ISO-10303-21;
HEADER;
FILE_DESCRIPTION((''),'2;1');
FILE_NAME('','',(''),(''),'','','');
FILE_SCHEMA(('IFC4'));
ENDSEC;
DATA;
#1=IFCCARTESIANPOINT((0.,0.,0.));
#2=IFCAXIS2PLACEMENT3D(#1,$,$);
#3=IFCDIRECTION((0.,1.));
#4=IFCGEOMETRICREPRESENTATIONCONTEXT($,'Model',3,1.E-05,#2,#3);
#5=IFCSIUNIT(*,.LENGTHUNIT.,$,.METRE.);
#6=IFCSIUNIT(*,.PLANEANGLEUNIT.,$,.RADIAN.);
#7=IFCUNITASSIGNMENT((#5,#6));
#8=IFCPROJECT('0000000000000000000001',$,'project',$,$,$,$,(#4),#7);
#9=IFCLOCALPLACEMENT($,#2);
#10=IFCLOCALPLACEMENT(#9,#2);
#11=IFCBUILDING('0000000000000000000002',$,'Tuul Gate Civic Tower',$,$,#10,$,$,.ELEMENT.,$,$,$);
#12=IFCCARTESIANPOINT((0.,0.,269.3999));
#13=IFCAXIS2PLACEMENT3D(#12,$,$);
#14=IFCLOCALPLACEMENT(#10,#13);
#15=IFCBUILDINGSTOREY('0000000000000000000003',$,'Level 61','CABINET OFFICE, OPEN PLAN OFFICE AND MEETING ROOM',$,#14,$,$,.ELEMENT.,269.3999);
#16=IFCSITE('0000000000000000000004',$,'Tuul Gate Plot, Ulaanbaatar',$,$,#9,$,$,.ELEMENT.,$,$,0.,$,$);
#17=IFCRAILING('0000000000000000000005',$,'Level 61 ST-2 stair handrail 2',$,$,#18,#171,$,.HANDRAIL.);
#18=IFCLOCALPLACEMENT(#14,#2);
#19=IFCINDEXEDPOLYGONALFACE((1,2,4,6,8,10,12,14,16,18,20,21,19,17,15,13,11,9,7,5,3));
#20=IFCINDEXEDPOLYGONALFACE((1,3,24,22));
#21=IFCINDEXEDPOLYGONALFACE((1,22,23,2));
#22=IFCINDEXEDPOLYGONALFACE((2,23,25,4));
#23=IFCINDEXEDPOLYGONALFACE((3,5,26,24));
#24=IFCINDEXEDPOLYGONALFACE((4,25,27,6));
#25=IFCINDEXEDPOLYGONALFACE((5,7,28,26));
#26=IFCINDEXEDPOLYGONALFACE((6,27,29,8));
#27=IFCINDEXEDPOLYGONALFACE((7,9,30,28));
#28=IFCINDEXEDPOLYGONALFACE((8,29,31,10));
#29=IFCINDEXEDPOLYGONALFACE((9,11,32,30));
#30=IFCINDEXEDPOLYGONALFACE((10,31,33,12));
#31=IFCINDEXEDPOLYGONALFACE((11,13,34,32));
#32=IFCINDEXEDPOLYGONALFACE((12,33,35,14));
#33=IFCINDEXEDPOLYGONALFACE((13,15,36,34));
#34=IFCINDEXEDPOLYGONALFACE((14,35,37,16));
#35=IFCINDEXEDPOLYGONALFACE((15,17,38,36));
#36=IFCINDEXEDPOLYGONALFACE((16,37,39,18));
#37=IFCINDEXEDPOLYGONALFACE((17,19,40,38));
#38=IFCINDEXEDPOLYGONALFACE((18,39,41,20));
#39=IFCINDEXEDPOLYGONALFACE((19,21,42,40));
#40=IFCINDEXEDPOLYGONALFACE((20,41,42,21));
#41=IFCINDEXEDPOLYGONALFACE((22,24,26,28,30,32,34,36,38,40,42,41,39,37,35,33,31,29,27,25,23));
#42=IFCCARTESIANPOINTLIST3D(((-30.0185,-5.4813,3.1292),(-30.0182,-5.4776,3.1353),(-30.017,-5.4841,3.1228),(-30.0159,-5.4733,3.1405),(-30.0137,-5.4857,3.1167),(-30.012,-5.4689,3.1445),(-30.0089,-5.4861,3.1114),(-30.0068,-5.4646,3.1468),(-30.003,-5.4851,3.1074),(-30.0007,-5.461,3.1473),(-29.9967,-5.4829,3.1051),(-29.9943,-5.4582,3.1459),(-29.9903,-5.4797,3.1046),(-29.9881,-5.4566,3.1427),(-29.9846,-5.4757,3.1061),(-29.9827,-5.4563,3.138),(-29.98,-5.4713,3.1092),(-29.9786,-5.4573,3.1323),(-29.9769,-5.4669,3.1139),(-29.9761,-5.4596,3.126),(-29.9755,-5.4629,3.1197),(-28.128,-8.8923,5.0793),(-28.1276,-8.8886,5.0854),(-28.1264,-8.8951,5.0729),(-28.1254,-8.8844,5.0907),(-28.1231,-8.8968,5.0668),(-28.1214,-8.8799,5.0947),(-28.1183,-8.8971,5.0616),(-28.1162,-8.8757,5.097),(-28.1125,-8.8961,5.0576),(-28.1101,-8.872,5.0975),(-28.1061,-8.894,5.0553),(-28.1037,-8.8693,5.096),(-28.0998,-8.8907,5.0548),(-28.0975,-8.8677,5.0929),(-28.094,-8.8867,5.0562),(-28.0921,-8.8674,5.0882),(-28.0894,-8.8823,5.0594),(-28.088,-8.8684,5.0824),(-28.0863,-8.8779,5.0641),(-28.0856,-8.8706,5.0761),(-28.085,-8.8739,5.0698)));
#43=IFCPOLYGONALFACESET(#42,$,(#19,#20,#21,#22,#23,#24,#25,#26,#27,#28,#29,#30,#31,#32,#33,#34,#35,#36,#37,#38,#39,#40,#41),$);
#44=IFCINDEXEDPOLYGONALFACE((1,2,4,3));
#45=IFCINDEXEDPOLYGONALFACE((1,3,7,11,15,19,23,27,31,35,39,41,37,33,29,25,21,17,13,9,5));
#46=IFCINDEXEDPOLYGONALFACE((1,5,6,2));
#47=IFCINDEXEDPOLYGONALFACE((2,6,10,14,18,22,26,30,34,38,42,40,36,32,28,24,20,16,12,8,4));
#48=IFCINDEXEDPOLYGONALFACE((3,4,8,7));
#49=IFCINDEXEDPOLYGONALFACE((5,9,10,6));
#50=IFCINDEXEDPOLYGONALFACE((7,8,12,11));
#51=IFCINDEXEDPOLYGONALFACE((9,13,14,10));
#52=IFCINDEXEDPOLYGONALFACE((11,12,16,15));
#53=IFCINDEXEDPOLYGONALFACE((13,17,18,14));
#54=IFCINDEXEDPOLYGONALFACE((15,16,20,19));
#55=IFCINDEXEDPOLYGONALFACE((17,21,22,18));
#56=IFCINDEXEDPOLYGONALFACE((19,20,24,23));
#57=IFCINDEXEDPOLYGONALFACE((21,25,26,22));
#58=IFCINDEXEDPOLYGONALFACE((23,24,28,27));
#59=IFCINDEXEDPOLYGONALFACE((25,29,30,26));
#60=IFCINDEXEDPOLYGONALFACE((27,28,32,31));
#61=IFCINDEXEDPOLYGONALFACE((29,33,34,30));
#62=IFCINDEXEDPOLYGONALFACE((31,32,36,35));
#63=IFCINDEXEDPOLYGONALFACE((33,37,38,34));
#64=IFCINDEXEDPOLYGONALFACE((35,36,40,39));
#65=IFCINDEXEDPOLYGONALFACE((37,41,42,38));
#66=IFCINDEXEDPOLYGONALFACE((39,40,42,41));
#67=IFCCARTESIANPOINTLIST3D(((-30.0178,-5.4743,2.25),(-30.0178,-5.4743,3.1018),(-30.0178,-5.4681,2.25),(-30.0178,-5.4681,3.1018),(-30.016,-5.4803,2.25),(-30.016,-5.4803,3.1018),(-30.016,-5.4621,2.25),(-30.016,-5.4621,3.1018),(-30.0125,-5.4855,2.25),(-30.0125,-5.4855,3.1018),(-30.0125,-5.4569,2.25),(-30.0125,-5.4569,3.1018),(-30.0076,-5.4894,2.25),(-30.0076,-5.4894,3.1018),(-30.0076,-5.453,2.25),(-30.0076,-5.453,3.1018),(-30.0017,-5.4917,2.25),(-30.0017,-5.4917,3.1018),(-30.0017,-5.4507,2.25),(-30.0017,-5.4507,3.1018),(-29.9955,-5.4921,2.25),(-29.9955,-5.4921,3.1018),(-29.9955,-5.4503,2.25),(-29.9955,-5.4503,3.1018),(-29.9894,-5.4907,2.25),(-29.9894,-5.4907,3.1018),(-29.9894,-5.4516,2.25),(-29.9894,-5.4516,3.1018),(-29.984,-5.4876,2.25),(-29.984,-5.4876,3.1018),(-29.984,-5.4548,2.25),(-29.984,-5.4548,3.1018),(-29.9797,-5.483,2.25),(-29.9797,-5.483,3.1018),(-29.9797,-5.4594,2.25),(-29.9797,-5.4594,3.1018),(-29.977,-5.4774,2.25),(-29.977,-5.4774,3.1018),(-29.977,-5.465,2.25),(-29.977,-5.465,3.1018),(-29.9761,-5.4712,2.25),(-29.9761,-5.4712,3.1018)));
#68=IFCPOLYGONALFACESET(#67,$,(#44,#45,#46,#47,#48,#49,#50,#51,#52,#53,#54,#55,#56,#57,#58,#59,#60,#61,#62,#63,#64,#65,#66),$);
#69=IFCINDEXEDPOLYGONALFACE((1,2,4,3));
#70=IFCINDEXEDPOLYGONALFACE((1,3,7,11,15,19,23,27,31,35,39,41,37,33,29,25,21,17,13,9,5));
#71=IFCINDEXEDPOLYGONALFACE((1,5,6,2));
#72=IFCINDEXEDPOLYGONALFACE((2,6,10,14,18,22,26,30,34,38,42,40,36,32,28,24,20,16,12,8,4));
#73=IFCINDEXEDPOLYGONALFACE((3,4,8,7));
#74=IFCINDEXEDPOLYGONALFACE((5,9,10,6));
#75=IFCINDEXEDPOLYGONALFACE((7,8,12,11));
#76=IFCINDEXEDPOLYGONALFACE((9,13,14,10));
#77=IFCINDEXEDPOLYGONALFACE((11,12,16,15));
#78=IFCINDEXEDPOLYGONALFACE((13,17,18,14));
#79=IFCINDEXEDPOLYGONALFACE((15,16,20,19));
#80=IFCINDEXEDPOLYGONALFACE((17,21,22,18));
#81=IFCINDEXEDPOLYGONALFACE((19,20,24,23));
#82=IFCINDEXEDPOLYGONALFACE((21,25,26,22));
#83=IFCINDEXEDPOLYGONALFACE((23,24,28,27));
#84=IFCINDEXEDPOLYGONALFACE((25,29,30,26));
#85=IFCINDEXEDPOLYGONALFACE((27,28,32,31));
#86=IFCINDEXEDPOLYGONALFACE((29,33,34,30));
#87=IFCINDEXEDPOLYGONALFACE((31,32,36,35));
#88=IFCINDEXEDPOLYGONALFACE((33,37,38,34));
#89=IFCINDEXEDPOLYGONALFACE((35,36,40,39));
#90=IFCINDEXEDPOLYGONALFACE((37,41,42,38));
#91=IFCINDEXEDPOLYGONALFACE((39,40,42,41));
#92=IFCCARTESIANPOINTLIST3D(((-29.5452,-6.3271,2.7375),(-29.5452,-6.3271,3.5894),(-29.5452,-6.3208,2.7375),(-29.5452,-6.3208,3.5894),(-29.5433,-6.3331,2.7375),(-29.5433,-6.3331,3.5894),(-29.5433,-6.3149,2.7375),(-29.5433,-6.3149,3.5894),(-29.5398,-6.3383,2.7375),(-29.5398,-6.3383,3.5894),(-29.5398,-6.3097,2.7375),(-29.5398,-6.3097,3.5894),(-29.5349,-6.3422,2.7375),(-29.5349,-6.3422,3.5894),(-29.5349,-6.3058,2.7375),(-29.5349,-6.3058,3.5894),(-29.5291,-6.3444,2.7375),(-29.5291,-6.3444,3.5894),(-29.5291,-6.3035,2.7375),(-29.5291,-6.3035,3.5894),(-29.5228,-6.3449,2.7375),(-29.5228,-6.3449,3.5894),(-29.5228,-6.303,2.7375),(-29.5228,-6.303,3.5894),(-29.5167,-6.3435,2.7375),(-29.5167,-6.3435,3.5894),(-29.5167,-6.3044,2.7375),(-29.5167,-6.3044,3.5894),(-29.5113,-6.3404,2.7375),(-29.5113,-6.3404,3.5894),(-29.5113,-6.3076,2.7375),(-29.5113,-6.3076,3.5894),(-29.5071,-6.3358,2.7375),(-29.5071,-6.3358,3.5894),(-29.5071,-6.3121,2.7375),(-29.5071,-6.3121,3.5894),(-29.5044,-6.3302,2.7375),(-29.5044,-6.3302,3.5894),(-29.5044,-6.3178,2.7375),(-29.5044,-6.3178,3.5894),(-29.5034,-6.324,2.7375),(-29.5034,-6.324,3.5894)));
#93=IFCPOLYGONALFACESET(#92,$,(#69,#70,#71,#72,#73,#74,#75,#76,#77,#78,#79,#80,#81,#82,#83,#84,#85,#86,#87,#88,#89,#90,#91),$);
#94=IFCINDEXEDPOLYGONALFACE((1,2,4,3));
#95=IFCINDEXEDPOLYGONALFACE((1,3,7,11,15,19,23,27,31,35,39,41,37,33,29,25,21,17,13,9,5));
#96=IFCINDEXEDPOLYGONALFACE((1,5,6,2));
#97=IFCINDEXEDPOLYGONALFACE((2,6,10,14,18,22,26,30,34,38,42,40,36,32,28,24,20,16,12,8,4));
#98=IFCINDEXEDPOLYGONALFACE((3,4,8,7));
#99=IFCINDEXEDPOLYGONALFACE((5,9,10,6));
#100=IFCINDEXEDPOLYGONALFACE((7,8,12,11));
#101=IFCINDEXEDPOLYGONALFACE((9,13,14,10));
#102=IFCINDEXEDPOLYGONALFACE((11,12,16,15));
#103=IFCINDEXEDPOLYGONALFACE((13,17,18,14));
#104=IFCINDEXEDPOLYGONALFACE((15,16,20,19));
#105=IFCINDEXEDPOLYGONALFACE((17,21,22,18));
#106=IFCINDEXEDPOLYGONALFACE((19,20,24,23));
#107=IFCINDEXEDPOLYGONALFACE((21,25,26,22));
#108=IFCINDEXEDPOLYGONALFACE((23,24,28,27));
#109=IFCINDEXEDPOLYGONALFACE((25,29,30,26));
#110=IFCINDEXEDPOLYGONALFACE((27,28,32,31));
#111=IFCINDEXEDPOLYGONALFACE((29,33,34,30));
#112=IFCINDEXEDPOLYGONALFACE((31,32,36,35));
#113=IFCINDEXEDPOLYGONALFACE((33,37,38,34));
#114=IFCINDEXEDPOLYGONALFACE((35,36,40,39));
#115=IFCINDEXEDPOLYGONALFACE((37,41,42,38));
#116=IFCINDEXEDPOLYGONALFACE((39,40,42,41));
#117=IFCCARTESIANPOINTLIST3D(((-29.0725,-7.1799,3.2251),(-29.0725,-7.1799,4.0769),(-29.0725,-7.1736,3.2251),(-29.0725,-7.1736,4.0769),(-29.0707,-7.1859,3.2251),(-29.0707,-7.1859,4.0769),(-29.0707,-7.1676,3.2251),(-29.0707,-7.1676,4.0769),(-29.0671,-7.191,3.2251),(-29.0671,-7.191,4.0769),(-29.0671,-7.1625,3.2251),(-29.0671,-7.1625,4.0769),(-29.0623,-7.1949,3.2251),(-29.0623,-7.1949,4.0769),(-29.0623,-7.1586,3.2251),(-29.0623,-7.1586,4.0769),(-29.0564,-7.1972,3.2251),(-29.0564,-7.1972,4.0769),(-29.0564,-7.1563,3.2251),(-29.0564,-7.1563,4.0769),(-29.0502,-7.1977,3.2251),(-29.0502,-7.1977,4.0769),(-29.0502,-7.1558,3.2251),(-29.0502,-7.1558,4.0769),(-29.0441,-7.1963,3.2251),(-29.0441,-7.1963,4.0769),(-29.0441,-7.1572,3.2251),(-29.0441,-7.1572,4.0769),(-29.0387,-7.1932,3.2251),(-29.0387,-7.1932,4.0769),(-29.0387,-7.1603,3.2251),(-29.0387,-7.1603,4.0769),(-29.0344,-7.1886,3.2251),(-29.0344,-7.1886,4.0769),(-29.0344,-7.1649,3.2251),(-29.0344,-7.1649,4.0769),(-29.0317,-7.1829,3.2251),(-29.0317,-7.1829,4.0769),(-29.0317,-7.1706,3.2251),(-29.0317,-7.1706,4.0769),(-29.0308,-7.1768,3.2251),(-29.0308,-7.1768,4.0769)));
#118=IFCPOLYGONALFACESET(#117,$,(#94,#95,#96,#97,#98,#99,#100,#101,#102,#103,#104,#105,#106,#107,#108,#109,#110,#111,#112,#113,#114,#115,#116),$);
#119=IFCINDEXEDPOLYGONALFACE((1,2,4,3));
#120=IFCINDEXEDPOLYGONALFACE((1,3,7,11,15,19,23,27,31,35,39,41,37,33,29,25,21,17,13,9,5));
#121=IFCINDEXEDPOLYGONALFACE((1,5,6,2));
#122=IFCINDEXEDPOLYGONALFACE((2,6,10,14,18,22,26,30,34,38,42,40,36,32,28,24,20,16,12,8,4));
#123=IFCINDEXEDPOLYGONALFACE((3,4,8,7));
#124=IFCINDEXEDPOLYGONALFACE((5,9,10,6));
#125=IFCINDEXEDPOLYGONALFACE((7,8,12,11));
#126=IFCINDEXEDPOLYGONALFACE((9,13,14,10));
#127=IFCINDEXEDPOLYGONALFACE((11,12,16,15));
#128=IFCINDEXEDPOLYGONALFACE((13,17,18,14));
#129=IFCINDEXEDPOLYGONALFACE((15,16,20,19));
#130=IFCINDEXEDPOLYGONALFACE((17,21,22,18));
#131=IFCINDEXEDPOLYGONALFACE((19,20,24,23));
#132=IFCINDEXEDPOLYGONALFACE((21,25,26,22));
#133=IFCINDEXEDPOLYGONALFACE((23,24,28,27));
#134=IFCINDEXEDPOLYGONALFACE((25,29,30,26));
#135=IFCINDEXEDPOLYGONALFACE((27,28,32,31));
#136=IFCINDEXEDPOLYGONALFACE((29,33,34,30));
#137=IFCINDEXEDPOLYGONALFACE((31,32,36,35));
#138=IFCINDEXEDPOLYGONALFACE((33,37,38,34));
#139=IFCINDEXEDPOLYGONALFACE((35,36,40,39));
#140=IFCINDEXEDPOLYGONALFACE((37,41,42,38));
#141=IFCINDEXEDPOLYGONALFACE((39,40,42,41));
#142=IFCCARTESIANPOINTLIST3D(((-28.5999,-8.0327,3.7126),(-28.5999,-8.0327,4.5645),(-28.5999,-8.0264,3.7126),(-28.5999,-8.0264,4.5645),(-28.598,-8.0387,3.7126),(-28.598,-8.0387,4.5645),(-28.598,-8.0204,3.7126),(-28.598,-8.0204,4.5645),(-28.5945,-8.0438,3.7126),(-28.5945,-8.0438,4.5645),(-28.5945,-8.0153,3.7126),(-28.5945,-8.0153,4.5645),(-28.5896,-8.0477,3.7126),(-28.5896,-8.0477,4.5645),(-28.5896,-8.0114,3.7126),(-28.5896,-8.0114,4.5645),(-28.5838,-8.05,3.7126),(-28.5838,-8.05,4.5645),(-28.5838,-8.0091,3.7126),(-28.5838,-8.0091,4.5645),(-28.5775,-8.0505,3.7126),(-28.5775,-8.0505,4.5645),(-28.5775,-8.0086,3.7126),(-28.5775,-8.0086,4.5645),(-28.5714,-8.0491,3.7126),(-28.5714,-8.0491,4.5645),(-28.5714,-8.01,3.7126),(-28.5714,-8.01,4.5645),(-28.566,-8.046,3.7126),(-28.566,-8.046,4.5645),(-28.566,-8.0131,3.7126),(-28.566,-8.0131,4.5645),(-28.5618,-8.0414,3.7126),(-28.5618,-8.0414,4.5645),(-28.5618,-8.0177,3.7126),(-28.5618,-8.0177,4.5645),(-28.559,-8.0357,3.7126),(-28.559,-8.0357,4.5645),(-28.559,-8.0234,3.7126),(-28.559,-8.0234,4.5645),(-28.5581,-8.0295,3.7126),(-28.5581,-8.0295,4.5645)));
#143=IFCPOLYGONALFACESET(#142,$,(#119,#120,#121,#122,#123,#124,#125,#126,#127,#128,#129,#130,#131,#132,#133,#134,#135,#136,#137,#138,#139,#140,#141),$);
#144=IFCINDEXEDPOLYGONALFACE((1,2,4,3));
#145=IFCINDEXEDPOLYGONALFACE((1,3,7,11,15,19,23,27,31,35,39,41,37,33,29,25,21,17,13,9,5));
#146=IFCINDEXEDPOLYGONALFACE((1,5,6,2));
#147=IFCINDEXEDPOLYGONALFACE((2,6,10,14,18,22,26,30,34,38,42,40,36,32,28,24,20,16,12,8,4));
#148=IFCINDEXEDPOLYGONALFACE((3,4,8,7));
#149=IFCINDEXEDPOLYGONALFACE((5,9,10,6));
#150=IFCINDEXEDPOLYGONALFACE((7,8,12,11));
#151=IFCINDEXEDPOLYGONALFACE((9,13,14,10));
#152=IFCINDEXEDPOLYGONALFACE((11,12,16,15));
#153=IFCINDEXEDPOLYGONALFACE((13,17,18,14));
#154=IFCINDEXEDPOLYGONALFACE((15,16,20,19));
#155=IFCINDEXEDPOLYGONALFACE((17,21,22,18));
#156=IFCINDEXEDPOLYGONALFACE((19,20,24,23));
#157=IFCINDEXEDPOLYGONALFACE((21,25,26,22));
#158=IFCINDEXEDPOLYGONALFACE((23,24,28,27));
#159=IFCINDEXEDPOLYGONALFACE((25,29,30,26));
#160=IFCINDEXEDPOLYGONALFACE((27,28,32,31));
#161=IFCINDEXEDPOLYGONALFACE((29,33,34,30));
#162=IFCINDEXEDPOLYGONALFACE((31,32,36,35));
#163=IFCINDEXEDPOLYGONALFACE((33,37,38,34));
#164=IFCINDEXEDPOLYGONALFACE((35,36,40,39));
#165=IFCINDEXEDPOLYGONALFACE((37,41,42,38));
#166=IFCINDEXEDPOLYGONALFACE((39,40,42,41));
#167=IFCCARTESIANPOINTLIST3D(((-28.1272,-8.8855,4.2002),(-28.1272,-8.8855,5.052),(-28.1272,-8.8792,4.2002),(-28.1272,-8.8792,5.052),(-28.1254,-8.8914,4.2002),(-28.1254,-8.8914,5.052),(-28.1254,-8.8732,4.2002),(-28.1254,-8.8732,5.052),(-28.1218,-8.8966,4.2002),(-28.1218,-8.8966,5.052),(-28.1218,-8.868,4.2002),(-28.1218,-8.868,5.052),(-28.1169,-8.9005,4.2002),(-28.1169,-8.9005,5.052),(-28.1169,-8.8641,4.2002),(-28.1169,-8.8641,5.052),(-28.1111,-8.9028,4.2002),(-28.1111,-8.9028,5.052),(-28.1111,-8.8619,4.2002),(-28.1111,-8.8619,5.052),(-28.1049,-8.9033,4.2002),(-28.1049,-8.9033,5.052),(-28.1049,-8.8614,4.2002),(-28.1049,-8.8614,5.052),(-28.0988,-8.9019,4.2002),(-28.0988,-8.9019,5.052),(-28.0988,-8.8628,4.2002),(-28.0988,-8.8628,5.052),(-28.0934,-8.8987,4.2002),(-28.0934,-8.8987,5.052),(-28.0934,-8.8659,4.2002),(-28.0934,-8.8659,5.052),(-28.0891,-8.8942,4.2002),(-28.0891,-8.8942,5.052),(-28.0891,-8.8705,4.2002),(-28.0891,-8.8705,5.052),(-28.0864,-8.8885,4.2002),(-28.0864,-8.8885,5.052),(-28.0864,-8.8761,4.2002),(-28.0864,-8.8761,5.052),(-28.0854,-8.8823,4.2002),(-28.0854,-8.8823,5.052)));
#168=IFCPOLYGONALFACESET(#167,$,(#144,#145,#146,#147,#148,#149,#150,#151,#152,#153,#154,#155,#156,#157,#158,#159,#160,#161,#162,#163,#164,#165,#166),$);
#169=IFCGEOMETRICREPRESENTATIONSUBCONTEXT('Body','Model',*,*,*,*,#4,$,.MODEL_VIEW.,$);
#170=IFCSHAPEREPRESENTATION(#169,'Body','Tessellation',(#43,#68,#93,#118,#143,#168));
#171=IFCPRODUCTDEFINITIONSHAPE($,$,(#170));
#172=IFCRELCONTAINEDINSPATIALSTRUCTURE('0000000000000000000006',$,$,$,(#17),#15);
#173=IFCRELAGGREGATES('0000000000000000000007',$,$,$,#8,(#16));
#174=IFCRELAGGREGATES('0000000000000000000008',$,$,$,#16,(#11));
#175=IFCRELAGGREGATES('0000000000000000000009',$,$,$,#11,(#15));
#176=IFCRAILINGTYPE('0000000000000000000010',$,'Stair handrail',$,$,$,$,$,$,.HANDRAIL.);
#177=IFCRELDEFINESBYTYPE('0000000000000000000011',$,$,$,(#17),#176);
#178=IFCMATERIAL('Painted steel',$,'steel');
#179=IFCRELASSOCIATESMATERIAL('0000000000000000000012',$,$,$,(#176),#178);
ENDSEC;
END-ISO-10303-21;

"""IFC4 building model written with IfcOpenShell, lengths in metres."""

from ifc_helpers import new_model, si_unit, direction, frame, origin, origin_2d, place, context, subcontext, project, spatial, circle, extrude, material, type_object, element, save


model = new_model("IFC4")

# Units and contexts
model_context = context("Model", 3, precision=1e-05, world=origin(), true_north=direction((0.0, 1.0)))
body_context = subcontext(model_context, "Body", "Model", "MODEL_VIEW")
ifc_project = project(units=[si_unit("LENGTHUNIT", "METRE"), si_unit("PLANEANGLEUNIT", "RADIAN")], contexts=[model_context])

# Site, building, storey
site_placement = place(None, origin())
site = spatial("IfcSite", under=ifc_project, at=site_placement, Name="Tuul Gate Plot, Ulaanbaatar", CompositionType="ELEMENT", RefElevation=0.0)
building_placement = place(site_placement, origin())
building = spatial("IfcBuilding", under=site, at=building_placement, Name="Tuul Gate Civic Tower", CompositionType="ELEMENT")
storey_placement = place(building_placement, frame((0.0, 0.0, 269.3999)))
storey = spatial("IfcBuildingStorey", under=building, at=storey_placement, Name="Level 61", Description="CABINET OFFICE, OPEN PLAN OFFICE AND MEETING ROOM", CompositionType="ELEMENT", Elevation=269.3999)

# Railing
ifc_material_1 = material(Name="Painted steel", Category="steel")
railing_type_1 = type_object("IfcRailingType", Name="Stair handrail", PredefinedType="HANDRAIL", material=ifc_material_1)
railing_1_placement = place(storey_placement, frame((-29.9971, -5.4712, 2.25)))
element("IfcRailing", 1, at=railing_1_placement, inside=storey, type_object=railing_type_1, Name="Level 61 ST-2 stair handrail 2", PredefinedType="HANDRAIL", context=body_context, shape_type="SweptSolid", body=[
    extrude(circle(Radius=0.0239, at=origin_2d()), frame((0.0, 0.0, 0.876), z_axis=(0.433585, -0.782289, 0.447246), x_axis=(0.874641, 0.484771, 0.0)), (0.0, 0.0, 1.0), 4.3604),
    extrude(circle(Radius=0.021, at=origin_2d()), origin(), (0.0, 0.0, 1.0), 0.8518),
    extrude(circle(Radius=0.021, at=origin_2d()), frame((0.4727, -0.8528, 0.4875)), (0.0, 0.0, 1.0), 0.8518),
    extrude(circle(Radius=0.021, at=origin_2d()), frame((0.9453, -1.7056, 0.9751)), (0.0, 0.0, 1.0), 0.8518),
    extrude(circle(Radius=0.021, at=origin_2d()), frame((1.418, -2.5583, 1.4626)), (0.0, 0.0, 1.0), 0.8518),
    extrude(circle(Radius=0.021, at=origin_2d()), frame((1.8906, -3.4111, 1.9502)), (0.0, 0.0, 1.0), 0.8518),
])

save(model, "model.ifc")
